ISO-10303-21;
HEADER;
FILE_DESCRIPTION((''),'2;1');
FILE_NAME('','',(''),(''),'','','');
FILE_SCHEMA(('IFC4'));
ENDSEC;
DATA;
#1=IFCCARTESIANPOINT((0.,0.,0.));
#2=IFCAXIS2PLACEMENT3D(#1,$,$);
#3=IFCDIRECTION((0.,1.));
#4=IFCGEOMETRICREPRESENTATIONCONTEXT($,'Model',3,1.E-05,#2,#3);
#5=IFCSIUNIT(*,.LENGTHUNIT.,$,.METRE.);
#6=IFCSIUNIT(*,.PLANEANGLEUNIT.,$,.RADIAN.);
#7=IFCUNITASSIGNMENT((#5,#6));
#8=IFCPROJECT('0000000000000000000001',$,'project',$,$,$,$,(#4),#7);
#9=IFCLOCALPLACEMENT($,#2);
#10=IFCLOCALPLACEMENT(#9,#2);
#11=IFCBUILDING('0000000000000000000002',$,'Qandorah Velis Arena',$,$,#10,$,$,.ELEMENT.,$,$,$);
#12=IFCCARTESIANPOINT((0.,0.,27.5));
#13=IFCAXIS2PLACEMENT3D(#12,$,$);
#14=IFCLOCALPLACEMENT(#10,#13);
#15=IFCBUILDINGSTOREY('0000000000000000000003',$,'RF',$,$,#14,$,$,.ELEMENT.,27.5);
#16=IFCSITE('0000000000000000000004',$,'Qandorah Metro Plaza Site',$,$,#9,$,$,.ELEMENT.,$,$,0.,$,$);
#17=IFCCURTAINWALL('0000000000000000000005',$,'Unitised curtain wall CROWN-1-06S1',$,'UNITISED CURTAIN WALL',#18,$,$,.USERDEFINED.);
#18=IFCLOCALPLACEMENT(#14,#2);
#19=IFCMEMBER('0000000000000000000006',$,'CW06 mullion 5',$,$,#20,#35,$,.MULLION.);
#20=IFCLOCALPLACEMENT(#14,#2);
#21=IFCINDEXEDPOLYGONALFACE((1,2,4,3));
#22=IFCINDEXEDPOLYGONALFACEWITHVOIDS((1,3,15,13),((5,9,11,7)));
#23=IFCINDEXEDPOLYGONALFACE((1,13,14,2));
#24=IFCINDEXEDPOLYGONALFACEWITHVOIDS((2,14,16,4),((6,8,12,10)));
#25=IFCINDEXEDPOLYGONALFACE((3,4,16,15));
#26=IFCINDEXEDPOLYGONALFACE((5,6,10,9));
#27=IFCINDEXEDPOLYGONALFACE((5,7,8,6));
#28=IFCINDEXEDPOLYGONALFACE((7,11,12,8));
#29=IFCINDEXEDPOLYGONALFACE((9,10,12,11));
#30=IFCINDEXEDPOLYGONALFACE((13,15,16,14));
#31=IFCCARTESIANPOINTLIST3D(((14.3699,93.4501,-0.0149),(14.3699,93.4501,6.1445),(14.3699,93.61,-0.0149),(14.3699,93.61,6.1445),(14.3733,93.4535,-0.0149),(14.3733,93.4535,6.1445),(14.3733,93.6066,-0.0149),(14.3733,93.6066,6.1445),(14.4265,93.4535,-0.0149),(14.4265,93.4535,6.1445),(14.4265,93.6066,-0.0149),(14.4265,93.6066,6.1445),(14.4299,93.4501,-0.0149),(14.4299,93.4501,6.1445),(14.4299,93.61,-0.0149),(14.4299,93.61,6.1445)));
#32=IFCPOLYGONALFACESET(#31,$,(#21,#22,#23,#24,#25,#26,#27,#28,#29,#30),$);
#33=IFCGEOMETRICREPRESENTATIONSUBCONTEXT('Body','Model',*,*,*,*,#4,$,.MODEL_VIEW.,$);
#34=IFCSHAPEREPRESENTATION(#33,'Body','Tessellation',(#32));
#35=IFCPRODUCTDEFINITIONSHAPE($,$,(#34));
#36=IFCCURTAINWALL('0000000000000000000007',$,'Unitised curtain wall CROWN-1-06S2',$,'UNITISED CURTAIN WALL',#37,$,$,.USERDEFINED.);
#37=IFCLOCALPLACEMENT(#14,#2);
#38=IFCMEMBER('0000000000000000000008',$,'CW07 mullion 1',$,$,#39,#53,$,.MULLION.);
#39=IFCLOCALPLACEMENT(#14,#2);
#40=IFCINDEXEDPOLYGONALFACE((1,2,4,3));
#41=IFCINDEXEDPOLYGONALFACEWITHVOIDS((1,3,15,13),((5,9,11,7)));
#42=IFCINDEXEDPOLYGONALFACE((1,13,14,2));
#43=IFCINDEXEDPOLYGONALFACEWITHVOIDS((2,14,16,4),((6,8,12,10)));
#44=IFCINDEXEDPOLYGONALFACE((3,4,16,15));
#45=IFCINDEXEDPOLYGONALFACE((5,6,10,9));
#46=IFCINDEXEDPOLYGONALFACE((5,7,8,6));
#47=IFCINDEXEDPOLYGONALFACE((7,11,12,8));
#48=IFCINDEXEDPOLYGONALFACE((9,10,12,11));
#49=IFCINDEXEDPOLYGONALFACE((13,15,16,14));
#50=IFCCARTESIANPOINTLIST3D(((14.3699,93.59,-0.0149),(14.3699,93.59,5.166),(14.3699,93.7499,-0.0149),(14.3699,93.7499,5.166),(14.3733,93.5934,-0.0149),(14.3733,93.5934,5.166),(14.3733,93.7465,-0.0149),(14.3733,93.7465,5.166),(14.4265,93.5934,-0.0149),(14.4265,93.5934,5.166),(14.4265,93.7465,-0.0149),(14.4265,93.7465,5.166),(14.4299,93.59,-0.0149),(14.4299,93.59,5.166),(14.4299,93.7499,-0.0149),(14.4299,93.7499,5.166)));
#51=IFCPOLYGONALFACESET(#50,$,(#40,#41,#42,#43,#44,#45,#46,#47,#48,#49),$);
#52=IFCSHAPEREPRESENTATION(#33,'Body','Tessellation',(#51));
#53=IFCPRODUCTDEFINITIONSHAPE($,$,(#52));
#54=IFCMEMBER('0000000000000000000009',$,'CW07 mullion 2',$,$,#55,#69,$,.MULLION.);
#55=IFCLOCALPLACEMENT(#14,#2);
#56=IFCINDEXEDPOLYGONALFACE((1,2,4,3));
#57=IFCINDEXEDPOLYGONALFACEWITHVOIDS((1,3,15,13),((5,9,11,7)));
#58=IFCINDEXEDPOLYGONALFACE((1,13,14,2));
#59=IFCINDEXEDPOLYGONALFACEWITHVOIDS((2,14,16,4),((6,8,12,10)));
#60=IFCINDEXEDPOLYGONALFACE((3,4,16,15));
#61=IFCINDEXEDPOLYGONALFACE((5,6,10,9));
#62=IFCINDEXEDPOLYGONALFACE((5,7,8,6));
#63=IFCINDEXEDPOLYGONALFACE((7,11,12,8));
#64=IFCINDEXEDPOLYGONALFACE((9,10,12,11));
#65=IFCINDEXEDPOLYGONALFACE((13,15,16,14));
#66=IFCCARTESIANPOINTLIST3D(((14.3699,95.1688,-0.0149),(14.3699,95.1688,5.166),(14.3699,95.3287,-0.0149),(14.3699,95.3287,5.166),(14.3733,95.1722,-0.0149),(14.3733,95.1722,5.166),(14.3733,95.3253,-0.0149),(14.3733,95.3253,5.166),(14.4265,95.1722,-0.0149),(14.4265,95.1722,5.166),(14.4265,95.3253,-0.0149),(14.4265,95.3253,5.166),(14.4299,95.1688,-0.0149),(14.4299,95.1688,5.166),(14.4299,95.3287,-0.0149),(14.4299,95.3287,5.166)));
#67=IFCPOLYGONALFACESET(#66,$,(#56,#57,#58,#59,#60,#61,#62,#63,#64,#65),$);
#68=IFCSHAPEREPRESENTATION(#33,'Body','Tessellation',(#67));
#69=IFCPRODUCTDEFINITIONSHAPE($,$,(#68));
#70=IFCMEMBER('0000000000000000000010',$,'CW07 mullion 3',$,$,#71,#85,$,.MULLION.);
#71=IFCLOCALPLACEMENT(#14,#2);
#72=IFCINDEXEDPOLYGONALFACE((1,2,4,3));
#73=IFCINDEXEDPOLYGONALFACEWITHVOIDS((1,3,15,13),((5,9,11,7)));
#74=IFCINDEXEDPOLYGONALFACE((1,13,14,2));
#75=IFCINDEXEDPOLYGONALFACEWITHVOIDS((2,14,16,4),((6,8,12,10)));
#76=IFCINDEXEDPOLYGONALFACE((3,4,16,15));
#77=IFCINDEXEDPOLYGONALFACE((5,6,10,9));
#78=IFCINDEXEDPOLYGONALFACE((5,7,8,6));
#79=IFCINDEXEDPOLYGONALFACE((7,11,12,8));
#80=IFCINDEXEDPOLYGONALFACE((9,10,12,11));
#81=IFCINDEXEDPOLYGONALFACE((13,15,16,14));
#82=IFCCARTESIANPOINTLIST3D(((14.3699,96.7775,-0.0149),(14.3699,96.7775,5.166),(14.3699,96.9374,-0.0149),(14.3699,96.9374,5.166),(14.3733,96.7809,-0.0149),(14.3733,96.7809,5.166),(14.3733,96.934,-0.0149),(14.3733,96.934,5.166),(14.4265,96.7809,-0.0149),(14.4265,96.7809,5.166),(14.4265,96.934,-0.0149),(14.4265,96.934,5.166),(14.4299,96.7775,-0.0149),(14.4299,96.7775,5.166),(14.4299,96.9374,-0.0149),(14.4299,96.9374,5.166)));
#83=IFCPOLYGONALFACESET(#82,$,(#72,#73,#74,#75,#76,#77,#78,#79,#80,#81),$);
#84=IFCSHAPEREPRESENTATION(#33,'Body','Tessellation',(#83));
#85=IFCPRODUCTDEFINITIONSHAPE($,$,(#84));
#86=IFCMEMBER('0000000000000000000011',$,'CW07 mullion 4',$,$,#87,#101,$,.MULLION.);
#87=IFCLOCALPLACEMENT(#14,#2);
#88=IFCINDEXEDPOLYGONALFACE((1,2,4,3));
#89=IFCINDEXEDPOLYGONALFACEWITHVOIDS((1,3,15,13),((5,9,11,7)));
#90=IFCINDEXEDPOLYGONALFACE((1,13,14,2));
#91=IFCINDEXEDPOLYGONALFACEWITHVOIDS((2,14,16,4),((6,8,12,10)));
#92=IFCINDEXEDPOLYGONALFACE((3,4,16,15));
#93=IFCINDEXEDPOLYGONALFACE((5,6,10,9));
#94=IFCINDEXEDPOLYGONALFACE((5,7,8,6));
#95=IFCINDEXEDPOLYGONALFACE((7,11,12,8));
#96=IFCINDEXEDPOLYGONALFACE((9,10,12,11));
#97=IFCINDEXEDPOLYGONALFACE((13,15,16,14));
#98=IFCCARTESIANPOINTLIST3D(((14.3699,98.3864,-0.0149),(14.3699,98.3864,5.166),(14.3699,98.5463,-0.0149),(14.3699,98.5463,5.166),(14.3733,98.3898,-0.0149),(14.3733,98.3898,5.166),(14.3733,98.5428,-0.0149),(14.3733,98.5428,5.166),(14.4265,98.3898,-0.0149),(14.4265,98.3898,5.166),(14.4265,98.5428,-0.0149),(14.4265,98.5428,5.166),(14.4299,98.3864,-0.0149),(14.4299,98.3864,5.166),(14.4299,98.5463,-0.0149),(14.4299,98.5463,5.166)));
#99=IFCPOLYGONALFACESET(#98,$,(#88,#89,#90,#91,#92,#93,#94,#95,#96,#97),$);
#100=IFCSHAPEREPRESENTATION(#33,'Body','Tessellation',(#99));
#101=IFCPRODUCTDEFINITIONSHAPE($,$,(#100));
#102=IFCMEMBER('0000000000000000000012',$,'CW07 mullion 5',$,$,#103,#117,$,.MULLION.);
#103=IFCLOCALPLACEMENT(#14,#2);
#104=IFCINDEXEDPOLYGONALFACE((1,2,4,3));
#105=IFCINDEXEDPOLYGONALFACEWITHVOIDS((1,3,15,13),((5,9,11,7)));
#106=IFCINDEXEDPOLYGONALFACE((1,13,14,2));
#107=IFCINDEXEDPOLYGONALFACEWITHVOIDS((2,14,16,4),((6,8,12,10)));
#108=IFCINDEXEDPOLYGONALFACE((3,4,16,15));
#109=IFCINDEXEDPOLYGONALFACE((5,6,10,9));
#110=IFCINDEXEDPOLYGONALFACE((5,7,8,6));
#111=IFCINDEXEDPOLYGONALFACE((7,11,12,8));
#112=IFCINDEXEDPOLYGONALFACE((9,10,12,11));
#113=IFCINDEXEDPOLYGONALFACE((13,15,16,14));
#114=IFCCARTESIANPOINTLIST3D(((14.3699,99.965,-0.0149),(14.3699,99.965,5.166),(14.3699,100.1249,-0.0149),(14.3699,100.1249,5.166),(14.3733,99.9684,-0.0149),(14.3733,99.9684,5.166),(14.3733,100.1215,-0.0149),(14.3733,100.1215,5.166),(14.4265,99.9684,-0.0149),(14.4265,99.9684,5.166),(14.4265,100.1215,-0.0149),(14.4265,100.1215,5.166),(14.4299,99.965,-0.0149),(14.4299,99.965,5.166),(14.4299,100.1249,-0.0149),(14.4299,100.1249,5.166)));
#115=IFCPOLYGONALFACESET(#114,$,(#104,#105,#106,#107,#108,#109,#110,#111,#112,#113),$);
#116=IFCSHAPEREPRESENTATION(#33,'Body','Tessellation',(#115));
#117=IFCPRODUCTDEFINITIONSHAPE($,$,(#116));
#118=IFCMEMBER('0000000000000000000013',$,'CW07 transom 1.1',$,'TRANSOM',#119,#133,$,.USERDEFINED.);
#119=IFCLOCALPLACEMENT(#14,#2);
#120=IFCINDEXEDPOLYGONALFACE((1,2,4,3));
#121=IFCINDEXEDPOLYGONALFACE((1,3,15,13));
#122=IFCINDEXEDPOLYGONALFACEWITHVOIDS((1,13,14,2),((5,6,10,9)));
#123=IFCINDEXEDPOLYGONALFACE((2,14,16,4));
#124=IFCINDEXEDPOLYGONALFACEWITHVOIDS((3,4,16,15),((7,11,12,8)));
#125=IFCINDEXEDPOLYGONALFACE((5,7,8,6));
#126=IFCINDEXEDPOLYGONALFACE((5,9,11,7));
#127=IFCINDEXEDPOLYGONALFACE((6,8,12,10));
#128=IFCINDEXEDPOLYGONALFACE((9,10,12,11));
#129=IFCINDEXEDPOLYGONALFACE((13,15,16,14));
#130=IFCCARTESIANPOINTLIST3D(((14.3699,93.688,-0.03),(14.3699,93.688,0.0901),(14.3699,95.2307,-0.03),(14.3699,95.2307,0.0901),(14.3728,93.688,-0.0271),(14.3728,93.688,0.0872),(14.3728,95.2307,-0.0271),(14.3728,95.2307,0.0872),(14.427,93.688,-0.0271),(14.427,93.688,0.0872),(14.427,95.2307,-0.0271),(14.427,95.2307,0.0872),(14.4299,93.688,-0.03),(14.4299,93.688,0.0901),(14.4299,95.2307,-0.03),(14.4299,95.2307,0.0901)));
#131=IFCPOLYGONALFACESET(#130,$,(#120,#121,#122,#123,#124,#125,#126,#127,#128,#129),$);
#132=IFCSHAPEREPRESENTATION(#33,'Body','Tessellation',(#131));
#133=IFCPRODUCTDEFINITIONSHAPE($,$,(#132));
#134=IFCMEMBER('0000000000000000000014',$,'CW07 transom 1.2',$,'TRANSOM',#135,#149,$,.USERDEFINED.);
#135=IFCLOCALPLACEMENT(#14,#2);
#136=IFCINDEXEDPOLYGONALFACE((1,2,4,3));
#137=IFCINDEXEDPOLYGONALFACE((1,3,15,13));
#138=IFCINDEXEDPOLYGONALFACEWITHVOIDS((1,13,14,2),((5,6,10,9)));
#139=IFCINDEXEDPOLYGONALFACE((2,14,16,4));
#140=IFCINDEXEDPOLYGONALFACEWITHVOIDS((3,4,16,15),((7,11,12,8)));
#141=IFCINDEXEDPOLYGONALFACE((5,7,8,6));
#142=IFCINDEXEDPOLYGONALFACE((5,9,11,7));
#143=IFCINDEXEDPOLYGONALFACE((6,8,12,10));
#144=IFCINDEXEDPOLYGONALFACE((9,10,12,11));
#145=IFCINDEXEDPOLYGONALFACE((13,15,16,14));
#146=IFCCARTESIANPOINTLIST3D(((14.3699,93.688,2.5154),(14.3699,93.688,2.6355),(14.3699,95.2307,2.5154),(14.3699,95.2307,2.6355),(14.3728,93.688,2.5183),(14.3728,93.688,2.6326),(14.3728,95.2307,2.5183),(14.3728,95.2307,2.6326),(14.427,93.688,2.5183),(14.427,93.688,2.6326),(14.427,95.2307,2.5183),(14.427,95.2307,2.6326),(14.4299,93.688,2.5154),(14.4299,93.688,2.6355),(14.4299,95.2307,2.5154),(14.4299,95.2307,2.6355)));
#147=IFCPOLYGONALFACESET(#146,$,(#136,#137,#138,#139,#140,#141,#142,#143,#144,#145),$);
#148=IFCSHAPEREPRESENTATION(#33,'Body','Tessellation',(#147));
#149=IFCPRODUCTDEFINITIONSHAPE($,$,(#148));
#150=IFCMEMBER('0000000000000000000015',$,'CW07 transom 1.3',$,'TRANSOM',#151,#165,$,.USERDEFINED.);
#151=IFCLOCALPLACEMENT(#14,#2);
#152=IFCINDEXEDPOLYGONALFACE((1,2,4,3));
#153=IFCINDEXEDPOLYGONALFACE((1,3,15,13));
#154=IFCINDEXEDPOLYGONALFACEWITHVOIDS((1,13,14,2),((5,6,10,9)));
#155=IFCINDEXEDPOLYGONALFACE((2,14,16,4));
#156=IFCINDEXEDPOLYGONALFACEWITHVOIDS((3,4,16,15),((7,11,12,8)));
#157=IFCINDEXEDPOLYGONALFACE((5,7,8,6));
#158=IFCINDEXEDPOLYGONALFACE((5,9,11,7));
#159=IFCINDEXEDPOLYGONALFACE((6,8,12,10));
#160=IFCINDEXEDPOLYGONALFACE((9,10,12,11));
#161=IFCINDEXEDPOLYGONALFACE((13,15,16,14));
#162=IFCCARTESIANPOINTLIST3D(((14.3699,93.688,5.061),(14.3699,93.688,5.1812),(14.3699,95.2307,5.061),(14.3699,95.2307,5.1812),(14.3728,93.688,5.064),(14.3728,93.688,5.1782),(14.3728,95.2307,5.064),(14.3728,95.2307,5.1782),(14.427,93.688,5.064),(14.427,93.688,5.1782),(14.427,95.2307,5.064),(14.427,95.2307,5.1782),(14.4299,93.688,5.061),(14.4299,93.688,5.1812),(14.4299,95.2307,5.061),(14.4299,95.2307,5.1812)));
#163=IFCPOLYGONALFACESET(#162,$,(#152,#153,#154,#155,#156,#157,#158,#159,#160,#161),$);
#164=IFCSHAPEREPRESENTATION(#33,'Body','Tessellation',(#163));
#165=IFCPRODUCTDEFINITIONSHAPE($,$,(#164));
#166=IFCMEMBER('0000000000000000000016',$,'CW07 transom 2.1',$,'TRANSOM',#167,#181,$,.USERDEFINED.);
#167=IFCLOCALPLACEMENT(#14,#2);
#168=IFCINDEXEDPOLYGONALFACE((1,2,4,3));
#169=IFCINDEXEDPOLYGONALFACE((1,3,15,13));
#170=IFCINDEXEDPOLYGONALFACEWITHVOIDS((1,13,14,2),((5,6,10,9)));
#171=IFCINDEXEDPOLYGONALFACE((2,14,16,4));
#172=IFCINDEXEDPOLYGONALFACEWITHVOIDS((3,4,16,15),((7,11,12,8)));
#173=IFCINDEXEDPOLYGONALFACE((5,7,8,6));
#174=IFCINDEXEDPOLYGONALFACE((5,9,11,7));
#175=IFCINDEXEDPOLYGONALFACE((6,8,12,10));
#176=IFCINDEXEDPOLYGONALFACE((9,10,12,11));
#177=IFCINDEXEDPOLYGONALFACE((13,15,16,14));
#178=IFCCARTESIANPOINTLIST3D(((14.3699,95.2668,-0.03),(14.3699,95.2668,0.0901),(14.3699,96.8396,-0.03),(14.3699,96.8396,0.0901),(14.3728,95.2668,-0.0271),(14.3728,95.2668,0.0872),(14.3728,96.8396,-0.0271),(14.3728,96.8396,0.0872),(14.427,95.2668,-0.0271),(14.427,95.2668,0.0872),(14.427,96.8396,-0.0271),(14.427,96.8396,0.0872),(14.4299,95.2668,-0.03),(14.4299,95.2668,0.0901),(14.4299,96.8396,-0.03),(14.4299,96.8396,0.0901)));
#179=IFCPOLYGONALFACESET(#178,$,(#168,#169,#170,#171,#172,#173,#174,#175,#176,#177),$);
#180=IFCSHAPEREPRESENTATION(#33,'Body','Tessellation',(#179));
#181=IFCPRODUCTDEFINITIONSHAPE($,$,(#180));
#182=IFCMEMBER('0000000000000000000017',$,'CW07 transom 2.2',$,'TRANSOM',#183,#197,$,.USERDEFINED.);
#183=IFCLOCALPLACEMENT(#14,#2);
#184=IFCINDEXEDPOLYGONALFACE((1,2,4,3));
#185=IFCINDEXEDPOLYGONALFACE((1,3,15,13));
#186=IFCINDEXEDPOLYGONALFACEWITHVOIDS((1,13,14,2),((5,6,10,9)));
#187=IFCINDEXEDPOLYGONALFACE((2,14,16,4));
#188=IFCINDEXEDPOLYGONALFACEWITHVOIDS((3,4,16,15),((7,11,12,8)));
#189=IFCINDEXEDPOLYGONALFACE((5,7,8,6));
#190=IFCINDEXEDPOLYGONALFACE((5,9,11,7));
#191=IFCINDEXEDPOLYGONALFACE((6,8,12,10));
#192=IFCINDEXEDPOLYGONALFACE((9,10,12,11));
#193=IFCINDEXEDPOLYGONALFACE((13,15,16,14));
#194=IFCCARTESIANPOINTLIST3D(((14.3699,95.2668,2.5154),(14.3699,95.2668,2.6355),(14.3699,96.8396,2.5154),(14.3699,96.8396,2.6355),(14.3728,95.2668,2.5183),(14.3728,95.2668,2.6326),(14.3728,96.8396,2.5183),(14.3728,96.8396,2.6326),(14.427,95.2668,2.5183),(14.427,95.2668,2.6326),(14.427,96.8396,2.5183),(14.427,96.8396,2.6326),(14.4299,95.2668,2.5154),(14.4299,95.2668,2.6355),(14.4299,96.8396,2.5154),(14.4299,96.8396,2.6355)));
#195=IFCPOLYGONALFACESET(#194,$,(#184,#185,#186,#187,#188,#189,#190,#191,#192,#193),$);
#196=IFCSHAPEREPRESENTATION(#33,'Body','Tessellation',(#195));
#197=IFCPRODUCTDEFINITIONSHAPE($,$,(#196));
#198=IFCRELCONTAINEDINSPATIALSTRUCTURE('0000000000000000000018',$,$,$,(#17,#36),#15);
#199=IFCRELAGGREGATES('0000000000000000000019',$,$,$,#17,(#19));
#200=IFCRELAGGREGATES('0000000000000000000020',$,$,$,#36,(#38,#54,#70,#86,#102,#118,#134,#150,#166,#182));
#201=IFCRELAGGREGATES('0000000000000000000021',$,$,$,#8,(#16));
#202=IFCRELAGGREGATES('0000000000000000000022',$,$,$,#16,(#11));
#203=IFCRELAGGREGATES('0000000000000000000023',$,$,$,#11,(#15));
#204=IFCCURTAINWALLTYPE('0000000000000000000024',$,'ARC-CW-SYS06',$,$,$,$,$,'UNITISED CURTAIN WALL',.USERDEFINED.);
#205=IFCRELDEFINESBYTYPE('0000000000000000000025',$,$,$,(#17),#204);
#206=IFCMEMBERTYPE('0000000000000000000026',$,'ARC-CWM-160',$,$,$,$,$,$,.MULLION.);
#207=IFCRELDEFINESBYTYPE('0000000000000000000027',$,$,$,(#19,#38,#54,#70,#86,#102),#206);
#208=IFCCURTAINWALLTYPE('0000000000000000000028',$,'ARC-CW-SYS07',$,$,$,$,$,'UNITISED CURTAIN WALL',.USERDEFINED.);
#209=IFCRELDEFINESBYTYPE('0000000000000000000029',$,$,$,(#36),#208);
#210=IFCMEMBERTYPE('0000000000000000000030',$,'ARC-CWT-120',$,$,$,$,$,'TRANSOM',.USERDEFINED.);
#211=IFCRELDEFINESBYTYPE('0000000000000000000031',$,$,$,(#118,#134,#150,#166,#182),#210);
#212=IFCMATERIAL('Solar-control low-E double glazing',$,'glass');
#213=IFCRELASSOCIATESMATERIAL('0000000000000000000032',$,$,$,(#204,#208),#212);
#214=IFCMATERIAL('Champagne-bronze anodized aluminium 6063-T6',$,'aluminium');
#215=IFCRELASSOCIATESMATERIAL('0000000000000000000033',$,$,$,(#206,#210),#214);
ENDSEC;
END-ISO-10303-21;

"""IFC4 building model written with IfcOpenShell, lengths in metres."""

from ifc_helpers import new_model, si_unit, direction, frame, origin, origin_2d, place, context, subcontext, project, spatial, hollow_rectangle, extrude, material, material_profile, profile_set, type_object, element, aggregate, save


model = new_model("IFC4")

# Units and contexts
model_context = context("Model", 3, precision=1e-05, world=origin(), true_north=direction((0.0, 1.0)))
body_context = subcontext(model_context, "Body", "Model", "MODEL_VIEW")
ifc_project = project(units=[si_unit("LENGTHUNIT", "METRE"), si_unit("PLANEANGLEUNIT", "RADIAN")], contexts=[model_context])

# Site, building, storey
site_placement = place(None, origin())
site = spatial("IfcSite", under=ifc_project, at=site_placement, Name="Qandorah Metro Plaza Site", CompositionType="ELEMENT", RefElevation=0.0)
building_placement = place(site_placement, origin())
building = spatial("IfcBuilding", under=site, at=building_placement, Name="Qandorah Velis Arena", CompositionType="ELEMENT")
storey_placement = place(building_placement, frame((0.0, 0.0, 27.5)))
storey = spatial("IfcBuildingStorey", under=building, at=storey_placement, Name="RF", CompositionType="ELEMENT", Elevation=27.5)

# Curtain wall, member
ifc_material_1 = material(Name="Solar-control low-E double glazing", Category="glass")
curtain_wall_type_1 = type_object("IfcCurtainWallType", Name="ARC-CW-SYS06", ElementType="UNITISED CURTAIN WALL", PredefinedType="USERDEFINED", material=ifc_material_1)
curtain_wall_1_placement = place(storey_placement, origin())
curtain_wall_1 = element("IfcCurtainWall", 1, at=curtain_wall_1_placement, inside=storey, type_object=curtain_wall_type_1, Name="Unitised curtain wall CROWN-1-06S1", ObjectType="UNITISED CURTAIN WALL", PredefinedType="USERDEFINED")
ifc_material_2 = material(Name="Champagne-bronze anodized aluminium 6063-T6", Category="aluminium")
ifc_material_profile_1 = material_profile(ifc_material_2, hollow_rectangle(XDim=0.0601, YDim=0.1599, WallThickness=0.0034, at=origin_2d()), Name="ALU MULLION 60x160")
ifc_profile_set_1 = profile_set([ifc_material_profile_1], Name="Champagne-bronze anodized aluminium 6063-T6")
member_type_1 = type_object("IfcMemberType", Name="ARC-CWM-160", PredefinedType="MULLION", material=ifc_profile_set_1)
member_1_placement = place(storey_placement, frame((14.3999, 93.53, -0.0149), z_axis=(0.0, 0.0, 1.0), x_axis=(-1.0, 0.0, 0.0)))
member_1 = element("IfcMember", 2, at=member_1_placement, type_object=member_type_1, Name="CW06 mullion 5", PredefinedType="MULLION", context=body_context, shape_type="SweptSolid", body=[
    extrude(hollow_rectangle(XDim=0.0601, YDim=0.1599, WallThickness=0.0034, at=origin_2d()), origin(), (0.0, 0.0, 1.0), 6.1594),
])

# Curtain wall, members
curtain_wall_type_2 = type_object("IfcCurtainWallType", Name="ARC-CW-SYS07", ElementType="UNITISED CURTAIN WALL", PredefinedType="USERDEFINED", material=ifc_material_1)
curtain_wall_2_placement = place(storey_placement, origin())
curtain_wall_2 = element("IfcCurtainWall", 3, at=curtain_wall_2_placement, inside=storey, type_object=curtain_wall_type_2, Name="Unitised curtain wall CROWN-1-06S2", ObjectType="UNITISED CURTAIN WALL", PredefinedType="USERDEFINED")
member_2_placement = place(storey_placement, frame((14.3999, 93.6699, -0.0149), z_axis=(0.0, 0.0, 1.0), x_axis=(-1.0, 0.0, 0.0)))
member_2 = element("IfcMember", 4, at=member_2_placement, type_object=member_type_1, Name="CW07 mullion 1", PredefinedType="MULLION", context=body_context, shape_type="SweptSolid", body=[
    extrude(hollow_rectangle(XDim=0.0601, YDim=0.1599, WallThickness=0.0034, at=origin_2d()), origin(), (0.0, 0.0, 1.0), 5.1809),
])
member_3_placement = place(storey_placement, frame((14.3999, 95.2488, -0.0149), z_axis=(0.0, 0.0, 1.0), x_axis=(-1.0, 0.0, 0.0)))
member_3 = element("IfcMember", 5, at=member_3_placement, type_object=member_type_1, Name="CW07 mullion 2", PredefinedType="MULLION", context=body_context, shape_type="SweptSolid", body=[
    extrude(hollow_rectangle(XDim=0.0601, YDim=0.1599, WallThickness=0.0034, at=origin_2d()), origin(), (0.0, 0.0, 1.0), 5.1809),
])
member_4_placement = place(storey_placement, frame((14.3999, 96.8574, -0.0149), z_axis=(0.0, 0.0, 1.0), x_axis=(-1.0, 0.0, 0.0)))
member_4 = element("IfcMember", 6, at=member_4_placement, type_object=member_type_1, Name="CW07 mullion 3", PredefinedType="MULLION", context=body_context, shape_type="SweptSolid", body=[
    extrude(hollow_rectangle(XDim=0.0601, YDim=0.1599, WallThickness=0.0034, at=origin_2d()), origin(), (0.0, 0.0, 1.0), 5.1809),
])
member_5_placement = place(storey_placement, frame((14.3999, 98.4663, -0.0149), z_axis=(0.0, 0.0, 1.0), x_axis=(-1.0, 0.0, 0.0)))
member_5 = element("IfcMember", 7, at=member_5_placement, type_object=member_type_1, Name="CW07 mullion 4", PredefinedType="MULLION", context=body_context, shape_type="SweptSolid", body=[
    extrude(hollow_rectangle(XDim=0.0601, YDim=0.1599, WallThickness=0.0034, at=origin_2d()), origin(), (0.0, 0.0, 1.0), 5.1809),
])
member_6_placement = place(storey_placement, frame((14.3999, 100.0449, -0.0149), z_axis=(0.0, 0.0, 1.0), x_axis=(-1.0, 0.0, 0.0)))
member_6 = element("IfcMember", 8, at=member_6_placement, type_object=member_type_1, Name="CW07 mullion 5", PredefinedType="MULLION", context=body_context, shape_type="SweptSolid", body=[
    extrude(hollow_rectangle(XDim=0.0601, YDim=0.1599, WallThickness=0.0034, at=origin_2d()), origin(), (0.0, 0.0, 1.0), 5.1809),
])
ifc_material_profile_2 = material_profile(ifc_material_2, hollow_rectangle(XDim=0.0601, YDim=0.1201, WallThickness=0.0029, at=origin_2d()), Name="ALU TRANSOM 60x120")
ifc_profile_set_2 = profile_set([ifc_material_profile_2], Name="Champagne-bronze anodized aluminium 6063-T6")
member_type_2 = type_object("IfcMemberType", Name="ARC-CWT-120", ElementType="TRANSOM", PredefinedType="USERDEFINED", material=ifc_profile_set_2)
member_7_placement = place(storey_placement, frame((14.3999, 93.688, 0.03), z_axis=(0.0, 1.0, 0.0), x_axis=(-1.0, 0.0, 0.0)))
member_7 = element("IfcMember", 9, at=member_7_placement, type_object=member_type_2, Name="CW07 transom 1.1", ObjectType="TRANSOM", PredefinedType="USERDEFINED", context=body_context, shape_type="SweptSolid", body=[
    extrude(hollow_rectangle(XDim=0.0601, YDim=0.1201, WallThickness=0.0029, at=origin_2d()), origin(), (0.0, 0.0, 1.0), 1.5427),
])
member_8_placement = place(storey_placement, frame((14.3999, 93.688, 2.5754), z_axis=(0.0, 1.0, 0.0), x_axis=(-1.0, 0.0, 0.0)))
member_8 = element("IfcMember", 10, at=member_8_placement, type_object=member_type_2, Name="CW07 transom 1.2", ObjectType="TRANSOM", PredefinedType="USERDEFINED", context=body_context, shape_type="SweptSolid", body=[
    extrude(hollow_rectangle(XDim=0.0601, YDim=0.1201, WallThickness=0.0029, at=origin_2d()), origin(), (0.0, 0.0, 1.0), 1.5427),
])
member_9_placement = place(storey_placement, frame((14.3999, 93.688, 5.1211), z_axis=(0.0, 1.0, 0.0), x_axis=(-1.0, 0.0, 0.0)))
member_9 = element("IfcMember", 11, at=member_9_placement, type_object=member_type_2, Name="CW07 transom 1.3", ObjectType="TRANSOM", PredefinedType="USERDEFINED", context=body_context, shape_type="SweptSolid", body=[
    extrude(hollow_rectangle(XDim=0.0601, YDim=0.1201, WallThickness=0.0029, at=origin_2d()), origin(), (0.0, 0.0, 1.0), 1.5427),
])
member_10_placement = place(storey_placement, frame((14.3999, 95.2668, 0.03), z_axis=(0.0, 1.0, 0.0), x_axis=(-1.0, 0.0, 0.0)))
member_10 = element("IfcMember", 12, at=member_10_placement, type_object=member_type_2, Name="CW07 transom 2.1", ObjectType="TRANSOM", PredefinedType="USERDEFINED", context=body_context, shape_type="SweptSolid", body=[
    extrude(hollow_rectangle(XDim=0.0601, YDim=0.1201, WallThickness=0.0029, at=origin_2d()), origin(), (0.0, 0.0, 1.0), 1.5728),
])
member_11_placement = place(storey_placement, frame((14.3999, 95.2668, 2.5754), z_axis=(0.0, 1.0, 0.0), x_axis=(-1.0, 0.0, 0.0)))
member_11 = element("IfcMember", 13, at=member_11_placement, type_object=member_type_2, Name="CW07 transom 2.2", ObjectType="TRANSOM", PredefinedType="USERDEFINED", context=body_context, shape_type="SweptSolid", body=[
    extrude(hollow_rectangle(XDim=0.0601, YDim=0.1201, WallThickness=0.0029, at=origin_2d()), origin(), (0.0, 0.0, 1.0), 1.5728),
])

aggregate(curtain_wall_1, [member_1])
aggregate(curtain_wall_2, [member_2, member_3, member_4, member_5, member_6, member_7, member_8, member_9, member_10, member_11])

save(model, "model.ifc")
